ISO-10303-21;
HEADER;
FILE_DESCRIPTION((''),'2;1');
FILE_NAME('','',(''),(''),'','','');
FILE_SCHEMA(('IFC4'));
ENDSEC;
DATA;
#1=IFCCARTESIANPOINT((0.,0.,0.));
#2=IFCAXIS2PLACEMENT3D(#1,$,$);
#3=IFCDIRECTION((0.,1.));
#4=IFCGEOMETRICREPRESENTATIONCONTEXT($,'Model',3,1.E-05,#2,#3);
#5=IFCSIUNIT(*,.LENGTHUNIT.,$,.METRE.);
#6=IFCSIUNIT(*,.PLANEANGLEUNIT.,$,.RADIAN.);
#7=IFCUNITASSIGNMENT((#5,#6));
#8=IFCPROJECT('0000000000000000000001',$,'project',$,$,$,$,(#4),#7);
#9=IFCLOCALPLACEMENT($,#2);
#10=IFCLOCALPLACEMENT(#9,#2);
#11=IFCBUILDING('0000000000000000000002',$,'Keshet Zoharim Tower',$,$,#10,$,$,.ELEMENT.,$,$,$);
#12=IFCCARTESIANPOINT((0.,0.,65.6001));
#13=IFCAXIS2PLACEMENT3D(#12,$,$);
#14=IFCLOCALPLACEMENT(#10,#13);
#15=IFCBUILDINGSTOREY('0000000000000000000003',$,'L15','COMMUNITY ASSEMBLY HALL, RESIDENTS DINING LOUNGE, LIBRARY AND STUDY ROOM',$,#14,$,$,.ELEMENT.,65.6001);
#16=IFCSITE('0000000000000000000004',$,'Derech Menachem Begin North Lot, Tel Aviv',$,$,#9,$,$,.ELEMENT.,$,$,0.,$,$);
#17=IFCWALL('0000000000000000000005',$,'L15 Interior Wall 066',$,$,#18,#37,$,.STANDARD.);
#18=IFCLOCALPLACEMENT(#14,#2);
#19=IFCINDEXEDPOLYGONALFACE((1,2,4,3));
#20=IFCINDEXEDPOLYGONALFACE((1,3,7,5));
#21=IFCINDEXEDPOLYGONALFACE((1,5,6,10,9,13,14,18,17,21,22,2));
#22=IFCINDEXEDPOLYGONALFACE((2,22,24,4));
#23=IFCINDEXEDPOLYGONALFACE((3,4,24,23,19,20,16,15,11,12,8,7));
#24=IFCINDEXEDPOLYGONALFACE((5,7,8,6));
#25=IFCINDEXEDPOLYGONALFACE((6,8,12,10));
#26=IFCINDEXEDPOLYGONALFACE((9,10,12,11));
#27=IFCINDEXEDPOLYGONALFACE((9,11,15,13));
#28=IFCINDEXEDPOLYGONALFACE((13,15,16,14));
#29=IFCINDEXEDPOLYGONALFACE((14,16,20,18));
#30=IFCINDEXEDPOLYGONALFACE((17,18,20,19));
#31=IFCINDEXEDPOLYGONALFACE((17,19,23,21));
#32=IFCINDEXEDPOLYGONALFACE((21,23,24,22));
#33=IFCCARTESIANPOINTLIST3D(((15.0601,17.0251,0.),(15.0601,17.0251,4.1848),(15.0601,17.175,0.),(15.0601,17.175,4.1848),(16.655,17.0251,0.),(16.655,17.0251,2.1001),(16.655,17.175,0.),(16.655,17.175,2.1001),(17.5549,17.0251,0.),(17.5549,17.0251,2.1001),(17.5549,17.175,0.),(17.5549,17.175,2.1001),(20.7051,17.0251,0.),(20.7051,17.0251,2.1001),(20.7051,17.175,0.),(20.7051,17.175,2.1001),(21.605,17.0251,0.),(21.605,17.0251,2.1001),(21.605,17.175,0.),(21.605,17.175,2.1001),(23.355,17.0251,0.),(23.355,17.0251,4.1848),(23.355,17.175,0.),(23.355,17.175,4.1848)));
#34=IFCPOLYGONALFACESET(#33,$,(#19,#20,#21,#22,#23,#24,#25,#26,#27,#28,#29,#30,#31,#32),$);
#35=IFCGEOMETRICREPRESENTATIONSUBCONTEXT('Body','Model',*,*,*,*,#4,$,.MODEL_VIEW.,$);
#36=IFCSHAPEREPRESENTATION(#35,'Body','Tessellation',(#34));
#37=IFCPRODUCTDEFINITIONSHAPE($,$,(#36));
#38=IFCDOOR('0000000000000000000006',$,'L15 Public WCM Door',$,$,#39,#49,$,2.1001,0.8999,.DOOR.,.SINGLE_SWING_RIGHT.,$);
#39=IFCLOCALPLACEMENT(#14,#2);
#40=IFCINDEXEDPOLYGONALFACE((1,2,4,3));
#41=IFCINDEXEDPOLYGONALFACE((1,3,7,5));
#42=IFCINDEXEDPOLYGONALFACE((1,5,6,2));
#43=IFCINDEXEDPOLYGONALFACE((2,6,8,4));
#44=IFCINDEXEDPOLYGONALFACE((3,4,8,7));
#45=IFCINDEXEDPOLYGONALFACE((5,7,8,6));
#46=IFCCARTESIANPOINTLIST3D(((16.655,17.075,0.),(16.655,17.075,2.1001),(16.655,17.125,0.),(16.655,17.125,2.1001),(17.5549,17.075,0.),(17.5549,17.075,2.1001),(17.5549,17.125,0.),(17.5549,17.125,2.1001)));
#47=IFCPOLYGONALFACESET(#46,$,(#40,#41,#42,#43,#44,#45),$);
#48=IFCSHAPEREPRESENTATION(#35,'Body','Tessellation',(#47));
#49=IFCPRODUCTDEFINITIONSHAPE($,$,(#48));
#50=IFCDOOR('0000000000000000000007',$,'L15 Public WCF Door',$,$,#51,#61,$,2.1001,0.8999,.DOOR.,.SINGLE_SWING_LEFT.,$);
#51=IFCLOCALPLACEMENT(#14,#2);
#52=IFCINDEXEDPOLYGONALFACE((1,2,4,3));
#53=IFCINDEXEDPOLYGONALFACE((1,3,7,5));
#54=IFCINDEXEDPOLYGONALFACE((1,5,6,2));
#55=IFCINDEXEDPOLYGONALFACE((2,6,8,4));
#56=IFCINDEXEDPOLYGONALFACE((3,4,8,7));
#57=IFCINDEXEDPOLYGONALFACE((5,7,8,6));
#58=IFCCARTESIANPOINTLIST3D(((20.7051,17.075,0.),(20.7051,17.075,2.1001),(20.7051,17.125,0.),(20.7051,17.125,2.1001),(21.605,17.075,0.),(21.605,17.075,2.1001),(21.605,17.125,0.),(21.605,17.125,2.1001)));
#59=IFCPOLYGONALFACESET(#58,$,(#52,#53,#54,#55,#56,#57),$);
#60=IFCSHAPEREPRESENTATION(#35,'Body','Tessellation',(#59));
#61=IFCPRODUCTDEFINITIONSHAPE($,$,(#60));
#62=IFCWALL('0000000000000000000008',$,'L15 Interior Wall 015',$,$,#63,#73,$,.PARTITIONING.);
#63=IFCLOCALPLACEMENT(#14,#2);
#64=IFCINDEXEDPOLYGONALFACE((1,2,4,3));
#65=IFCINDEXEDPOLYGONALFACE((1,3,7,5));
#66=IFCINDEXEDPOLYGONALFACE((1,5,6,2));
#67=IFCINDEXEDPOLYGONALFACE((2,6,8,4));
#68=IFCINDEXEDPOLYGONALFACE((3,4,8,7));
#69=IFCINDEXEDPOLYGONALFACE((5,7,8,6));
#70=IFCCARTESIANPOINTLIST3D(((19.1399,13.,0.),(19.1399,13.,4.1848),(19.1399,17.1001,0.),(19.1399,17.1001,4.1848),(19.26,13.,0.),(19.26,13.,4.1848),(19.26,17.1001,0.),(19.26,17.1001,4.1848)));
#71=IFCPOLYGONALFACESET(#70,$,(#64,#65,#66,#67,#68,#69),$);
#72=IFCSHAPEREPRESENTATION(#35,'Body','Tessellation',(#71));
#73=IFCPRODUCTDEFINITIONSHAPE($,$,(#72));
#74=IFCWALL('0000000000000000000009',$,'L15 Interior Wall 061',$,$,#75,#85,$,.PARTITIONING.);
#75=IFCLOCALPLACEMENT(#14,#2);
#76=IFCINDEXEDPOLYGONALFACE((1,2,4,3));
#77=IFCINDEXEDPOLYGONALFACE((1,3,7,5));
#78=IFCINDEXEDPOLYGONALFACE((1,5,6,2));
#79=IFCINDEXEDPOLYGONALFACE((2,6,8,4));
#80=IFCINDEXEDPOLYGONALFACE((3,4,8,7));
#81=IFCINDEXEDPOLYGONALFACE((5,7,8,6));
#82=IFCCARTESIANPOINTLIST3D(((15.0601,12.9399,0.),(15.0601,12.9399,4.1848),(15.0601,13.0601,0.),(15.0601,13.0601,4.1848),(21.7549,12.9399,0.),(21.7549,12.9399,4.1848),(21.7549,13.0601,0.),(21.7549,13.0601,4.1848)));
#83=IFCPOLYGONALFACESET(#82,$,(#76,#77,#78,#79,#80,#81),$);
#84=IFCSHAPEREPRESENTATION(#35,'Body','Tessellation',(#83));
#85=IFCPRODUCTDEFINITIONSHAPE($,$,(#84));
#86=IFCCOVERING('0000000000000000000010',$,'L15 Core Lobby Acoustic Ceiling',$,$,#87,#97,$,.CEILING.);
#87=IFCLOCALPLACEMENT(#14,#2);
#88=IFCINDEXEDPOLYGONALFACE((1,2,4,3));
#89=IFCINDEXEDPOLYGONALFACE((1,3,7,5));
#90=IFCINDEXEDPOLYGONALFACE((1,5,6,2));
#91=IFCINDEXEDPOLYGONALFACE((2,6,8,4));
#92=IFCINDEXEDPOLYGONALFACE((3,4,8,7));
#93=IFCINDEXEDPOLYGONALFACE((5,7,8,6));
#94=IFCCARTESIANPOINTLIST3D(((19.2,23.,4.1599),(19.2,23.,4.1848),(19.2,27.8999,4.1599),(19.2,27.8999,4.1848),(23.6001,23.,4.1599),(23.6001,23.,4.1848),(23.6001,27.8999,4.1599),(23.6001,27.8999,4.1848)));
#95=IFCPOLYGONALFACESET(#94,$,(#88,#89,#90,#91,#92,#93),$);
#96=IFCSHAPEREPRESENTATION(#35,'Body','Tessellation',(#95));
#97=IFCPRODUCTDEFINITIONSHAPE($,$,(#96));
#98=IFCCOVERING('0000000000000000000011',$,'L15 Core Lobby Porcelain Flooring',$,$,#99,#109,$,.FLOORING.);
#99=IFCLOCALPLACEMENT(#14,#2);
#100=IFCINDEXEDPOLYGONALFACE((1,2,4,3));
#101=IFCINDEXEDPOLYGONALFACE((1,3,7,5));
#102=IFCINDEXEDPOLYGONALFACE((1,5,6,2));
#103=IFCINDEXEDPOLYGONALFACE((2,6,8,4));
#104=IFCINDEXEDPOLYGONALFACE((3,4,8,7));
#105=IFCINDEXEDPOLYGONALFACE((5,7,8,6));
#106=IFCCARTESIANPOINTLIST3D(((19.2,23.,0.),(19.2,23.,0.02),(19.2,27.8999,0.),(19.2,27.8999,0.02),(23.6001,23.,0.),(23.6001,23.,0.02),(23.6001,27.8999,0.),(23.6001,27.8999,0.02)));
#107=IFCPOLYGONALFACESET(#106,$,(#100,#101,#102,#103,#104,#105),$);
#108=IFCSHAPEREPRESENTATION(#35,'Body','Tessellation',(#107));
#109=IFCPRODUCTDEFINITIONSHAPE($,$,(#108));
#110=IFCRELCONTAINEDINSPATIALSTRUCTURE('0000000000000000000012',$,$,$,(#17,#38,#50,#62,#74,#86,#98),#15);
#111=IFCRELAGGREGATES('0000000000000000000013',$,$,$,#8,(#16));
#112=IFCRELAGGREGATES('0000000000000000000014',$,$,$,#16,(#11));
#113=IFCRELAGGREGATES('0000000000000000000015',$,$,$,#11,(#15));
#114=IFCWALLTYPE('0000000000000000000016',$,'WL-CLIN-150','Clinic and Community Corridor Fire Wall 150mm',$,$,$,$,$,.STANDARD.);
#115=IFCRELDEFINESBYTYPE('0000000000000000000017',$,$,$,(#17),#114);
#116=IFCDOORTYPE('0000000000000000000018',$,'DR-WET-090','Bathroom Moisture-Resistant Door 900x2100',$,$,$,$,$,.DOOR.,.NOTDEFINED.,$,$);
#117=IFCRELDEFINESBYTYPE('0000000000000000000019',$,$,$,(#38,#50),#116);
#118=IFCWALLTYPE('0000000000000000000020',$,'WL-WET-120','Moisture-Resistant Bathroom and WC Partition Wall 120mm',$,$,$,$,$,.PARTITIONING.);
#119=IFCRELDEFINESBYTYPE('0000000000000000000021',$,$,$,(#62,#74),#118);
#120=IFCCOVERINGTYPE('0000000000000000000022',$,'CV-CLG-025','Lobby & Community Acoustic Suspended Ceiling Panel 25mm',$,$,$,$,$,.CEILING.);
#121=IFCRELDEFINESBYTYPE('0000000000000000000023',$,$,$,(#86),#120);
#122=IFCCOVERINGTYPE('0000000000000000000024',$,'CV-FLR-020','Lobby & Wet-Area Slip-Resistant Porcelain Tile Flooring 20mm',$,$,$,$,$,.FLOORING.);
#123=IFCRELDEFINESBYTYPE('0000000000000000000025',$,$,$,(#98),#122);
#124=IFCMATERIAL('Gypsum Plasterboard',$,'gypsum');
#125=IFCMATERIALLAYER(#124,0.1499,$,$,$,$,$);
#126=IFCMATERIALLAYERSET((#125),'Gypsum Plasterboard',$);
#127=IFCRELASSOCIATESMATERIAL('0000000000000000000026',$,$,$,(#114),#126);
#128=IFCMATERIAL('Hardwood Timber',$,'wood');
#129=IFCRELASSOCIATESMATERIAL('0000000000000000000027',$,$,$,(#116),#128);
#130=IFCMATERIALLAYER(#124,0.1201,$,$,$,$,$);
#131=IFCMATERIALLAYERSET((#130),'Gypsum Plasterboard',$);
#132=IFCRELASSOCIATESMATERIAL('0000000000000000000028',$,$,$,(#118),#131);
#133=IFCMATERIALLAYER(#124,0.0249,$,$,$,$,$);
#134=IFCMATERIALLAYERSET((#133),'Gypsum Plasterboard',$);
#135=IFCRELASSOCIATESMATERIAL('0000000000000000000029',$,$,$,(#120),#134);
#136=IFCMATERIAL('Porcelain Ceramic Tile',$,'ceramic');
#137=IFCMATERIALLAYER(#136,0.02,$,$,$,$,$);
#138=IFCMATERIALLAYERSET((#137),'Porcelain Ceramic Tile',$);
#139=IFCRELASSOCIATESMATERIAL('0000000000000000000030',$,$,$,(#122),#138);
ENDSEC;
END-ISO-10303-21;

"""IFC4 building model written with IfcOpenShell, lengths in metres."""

from ifc_helpers import new_model, si_unit, direction, frame, frame_2d, origin, place, context, subcontext, project, spatial, polyline, rectangle, outline, extrude, material, layer, layer_set, type_object, element, fill, save


model = new_model("IFC4")

# Units and contexts
model_context = context("Model", 3, precision=1e-05, world=origin(), true_north=direction((0.0, 1.0)))
body_context = subcontext(model_context, "Body", "Model", "MODEL_VIEW")
ifc_project = project(units=[si_unit("LENGTHUNIT", "METRE"), si_unit("PLANEANGLEUNIT", "RADIAN")], contexts=[model_context])

# Site, building, storey
site_placement = place(None, origin())
site = spatial("IfcSite", under=ifc_project, at=site_placement, Name="Derech Menachem Begin North Lot, Tel Aviv", CompositionType="ELEMENT", RefElevation=0.0)
building_placement = place(site_placement, origin())
building = spatial("IfcBuilding", under=site, at=building_placement, Name="Keshet Zoharim Tower", CompositionType="ELEMENT")
storey_placement = place(building_placement, frame((0.0, 0.0, 65.6001)))
storey = spatial("IfcBuildingStorey", under=building, at=storey_placement, Name="L15", Description="COMMUNITY ASSEMBLY HALL, RESIDENTS DINING LOUNGE, LIBRARY AND STUDY ROOM", CompositionType="ELEMENT", Elevation=65.6001)

# Shared definitions
ifc_material_1 = material(Name="Gypsum Plasterboard", Category="gypsum")
ifc_layer_1 = layer(ifc_material_1, 0.1499)
ifc_layer_set_1 = layer_set([ifc_layer_1], Name="Gypsum Plasterboard")
wall_type_1 = type_object("IfcWallType", Name="WL-CLIN-150", Description="Clinic and Community Corridor Fire Wall 150mm", PredefinedType="STANDARD", material=ifc_layer_set_1)

# Shared definitions
ifc_material_2 = material(Name="Hardwood Timber", Category="wood")

# Wall, openings, doors
wall_1_placement = place(storey_placement, frame((15.0601, 17.1001, 0.0), z_axis=(0.0, 0.0, 1.0), x_axis=(1.0, 0.0, 0.0)))
wall_1 = element("IfcWall", 1, at=wall_1_placement, inside=storey, type_object=wall_type_1, Name="L15 Interior Wall 066", PredefinedType="STANDARD", context=body_context, shape_type="SweptSolid", body=[
    extrude(rectangle(XDim=8.2949, YDim=0.1499, at=frame_2d((4.1475, 0.0))), origin(), (0.0, 0.0, 1.0), 4.1848),
])
opening_1_placement = place(wall_1_placement, frame((1.595, 0.0, 0.0)))
opening_1 = element("IfcOpeningElement", 2, at=opening_1_placement, cuts=wall_1, PredefinedType="OPENING", context=body_context, shape_type="SweptSolid", body=[
    extrude(rectangle(XDim=0.8999, YDim=2.1001, at=frame_2d((0.45, 1.05))), frame((0.0, 0.085, 0.0), z_axis=(0.0, -1.0, 0.0), x_axis=(1.0, 0.0, 0.0)), (0.0, 0.0, 1.0), 0.1699),
])
opening_2_placement = place(wall_1_placement, frame((5.645, 0.0, 0.0)))
opening_2 = element("IfcOpeningElement", 3, at=opening_2_placement, cuts=wall_1, PredefinedType="OPENING", context=body_context, shape_type="SweptSolid", body=[
    extrude(rectangle(XDim=0.8999, YDim=2.1001, at=frame_2d((0.45, 1.05))), frame((0.0, 0.085, 0.0), z_axis=(0.0, -1.0, 0.0), x_axis=(1.0, 0.0, 0.0)), (0.0, 0.0, 1.0), 0.1699),
])
door_type_1 = type_object("IfcDoorType", Name="DR-WET-090", Description="Bathroom Moisture-Resistant Door 900x2100", OperationType="NOTDEFINED", PredefinedType="DOOR", material=ifc_material_2)
door_1_placement = place(opening_1_placement, origin())
door_1 = element("IfcDoor", 4, at=door_1_placement, inside=storey, type_object=door_type_1, Name="L15 Public WCM Door", OperationType="SINGLE_SWING_RIGHT", OverallHeight=2.1001, OverallWidth=0.8999, PredefinedType="DOOR", context=body_context, shape_type="SweptSolid", body=[
    extrude(rectangle(XDim=0.8999, YDim=2.1001, at=frame_2d((0.45, 1.05))), frame((0.0, 0.0249, 0.0), z_axis=(0.0, -1.0, 0.0), x_axis=(1.0, 0.0, 0.0)), (0.0, 0.0, 1.0), 0.05),
])
fill(opening_1, door_1)
door_2_placement = place(opening_2_placement, origin())
door_2 = element("IfcDoor", 5, at=door_2_placement, inside=storey, type_object=door_type_1, Name="L15 Public WCF Door", OperationType="SINGLE_SWING_LEFT", OverallHeight=2.1001, OverallWidth=0.8999, PredefinedType="DOOR", context=body_context, shape_type="SweptSolid", body=[
    extrude(rectangle(XDim=0.8999, YDim=2.1001, at=frame_2d((0.45, 1.05))), frame((0.0, 0.0249, 0.0), z_axis=(0.0, -1.0, 0.0), x_axis=(1.0, 0.0, 0.0)), (0.0, 0.0, 1.0), 0.05),
])
fill(opening_2, door_2)

# Walls
ifc_layer_2 = layer(ifc_material_1, 0.1201)
ifc_layer_set_2 = layer_set([ifc_layer_2], Name="Gypsum Plasterboard")
wall_type_2 = type_object("IfcWallType", Name="WL-WET-120", Description="Moisture-Resistant Bathroom and WC Partition Wall 120mm", PredefinedType="PARTITIONING", material=ifc_layer_set_2)
wall_2_placement = place(storey_placement, frame((19.2, 13.0, 0.0), z_axis=(0.0, 0.0, 1.0), x_axis=(0.0, 1.0, 0.0)))
element("IfcWall", 6, at=wall_2_placement, inside=storey, type_object=wall_type_2, Name="L15 Interior Wall 015", PredefinedType="PARTITIONING", context=body_context, shape_type="SweptSolid", body=[
    extrude(rectangle(XDim=4.1001, YDim=0.1201, at=frame_2d((2.05, 0.0))), origin(), (0.0, 0.0, 1.0), 4.1848),
])
wall_3_placement = place(storey_placement, frame((15.0601, 13.0, 0.0), z_axis=(0.0, 0.0, 1.0), x_axis=(1.0, 0.0, 0.0)))
element("IfcWall", 7, at=wall_3_placement, inside=storey, type_object=wall_type_2, Name="L15 Interior Wall 061", PredefinedType="PARTITIONING", context=body_context, shape_type="SweptSolid", body=[
    extrude(rectangle(XDim=6.6948, YDim=0.1201, at=frame_2d((3.3474, 0.0))), origin(), (0.0, 0.0, 1.0), 4.1848),
])

# Coverings
ifc_layer_3 = layer(ifc_material_1, 0.0249)
ifc_layer_set_3 = layer_set([ifc_layer_3], Name="Gypsum Plasterboard")
covering_type_1 = type_object("IfcCoveringType", Name="CV-CLG-025", Description="Lobby & Community Acoustic Suspended Ceiling Panel 25mm", PredefinedType="CEILING", material=ifc_layer_set_3)
covering_1_placement = place(storey_placement, frame((0.0, 0.0, 4.1599)))
element("IfcCovering", 8, at=covering_1_placement, inside=storey, type_object=covering_type_1, Name="L15 Core Lobby Acoustic Ceiling", PredefinedType="CEILING", context=body_context, shape_type="SweptSolid", body=[
    extrude(outline(polyline([(19.2, 23.0), (23.6001, 23.0), (23.6001, 27.8999), (19.2, 27.8999), (19.2, 23.0)])), origin(), (0.0, 0.0, 1.0), 0.0249),
])
ifc_material_3 = material(Name="Porcelain Ceramic Tile", Category="ceramic")
ifc_layer_4 = layer(ifc_material_3, 0.02)
ifc_layer_set_4 = layer_set([ifc_layer_4], Name="Porcelain Ceramic Tile")
covering_type_2 = type_object("IfcCoveringType", Name="CV-FLR-020", Description="Lobby & Wet-Area Slip-Resistant Porcelain Tile Flooring 20mm", PredefinedType="FLOORING", material=ifc_layer_set_4)
covering_2_placement = place(storey_placement, origin())
element("IfcCovering", 9, at=covering_2_placement, inside=storey, type_object=covering_type_2, Name="L15 Core Lobby Porcelain Flooring", PredefinedType="FLOORING", context=body_context, shape_type="SweptSolid", body=[
    extrude(outline(polyline([(19.2, 23.0), (23.6001, 23.0), (23.6001, 27.8999), (19.2, 27.8999), (19.2, 23.0)])), origin(), (0.0, 0.0, 1.0), 0.02),
])

save(model, "model.ifc")
